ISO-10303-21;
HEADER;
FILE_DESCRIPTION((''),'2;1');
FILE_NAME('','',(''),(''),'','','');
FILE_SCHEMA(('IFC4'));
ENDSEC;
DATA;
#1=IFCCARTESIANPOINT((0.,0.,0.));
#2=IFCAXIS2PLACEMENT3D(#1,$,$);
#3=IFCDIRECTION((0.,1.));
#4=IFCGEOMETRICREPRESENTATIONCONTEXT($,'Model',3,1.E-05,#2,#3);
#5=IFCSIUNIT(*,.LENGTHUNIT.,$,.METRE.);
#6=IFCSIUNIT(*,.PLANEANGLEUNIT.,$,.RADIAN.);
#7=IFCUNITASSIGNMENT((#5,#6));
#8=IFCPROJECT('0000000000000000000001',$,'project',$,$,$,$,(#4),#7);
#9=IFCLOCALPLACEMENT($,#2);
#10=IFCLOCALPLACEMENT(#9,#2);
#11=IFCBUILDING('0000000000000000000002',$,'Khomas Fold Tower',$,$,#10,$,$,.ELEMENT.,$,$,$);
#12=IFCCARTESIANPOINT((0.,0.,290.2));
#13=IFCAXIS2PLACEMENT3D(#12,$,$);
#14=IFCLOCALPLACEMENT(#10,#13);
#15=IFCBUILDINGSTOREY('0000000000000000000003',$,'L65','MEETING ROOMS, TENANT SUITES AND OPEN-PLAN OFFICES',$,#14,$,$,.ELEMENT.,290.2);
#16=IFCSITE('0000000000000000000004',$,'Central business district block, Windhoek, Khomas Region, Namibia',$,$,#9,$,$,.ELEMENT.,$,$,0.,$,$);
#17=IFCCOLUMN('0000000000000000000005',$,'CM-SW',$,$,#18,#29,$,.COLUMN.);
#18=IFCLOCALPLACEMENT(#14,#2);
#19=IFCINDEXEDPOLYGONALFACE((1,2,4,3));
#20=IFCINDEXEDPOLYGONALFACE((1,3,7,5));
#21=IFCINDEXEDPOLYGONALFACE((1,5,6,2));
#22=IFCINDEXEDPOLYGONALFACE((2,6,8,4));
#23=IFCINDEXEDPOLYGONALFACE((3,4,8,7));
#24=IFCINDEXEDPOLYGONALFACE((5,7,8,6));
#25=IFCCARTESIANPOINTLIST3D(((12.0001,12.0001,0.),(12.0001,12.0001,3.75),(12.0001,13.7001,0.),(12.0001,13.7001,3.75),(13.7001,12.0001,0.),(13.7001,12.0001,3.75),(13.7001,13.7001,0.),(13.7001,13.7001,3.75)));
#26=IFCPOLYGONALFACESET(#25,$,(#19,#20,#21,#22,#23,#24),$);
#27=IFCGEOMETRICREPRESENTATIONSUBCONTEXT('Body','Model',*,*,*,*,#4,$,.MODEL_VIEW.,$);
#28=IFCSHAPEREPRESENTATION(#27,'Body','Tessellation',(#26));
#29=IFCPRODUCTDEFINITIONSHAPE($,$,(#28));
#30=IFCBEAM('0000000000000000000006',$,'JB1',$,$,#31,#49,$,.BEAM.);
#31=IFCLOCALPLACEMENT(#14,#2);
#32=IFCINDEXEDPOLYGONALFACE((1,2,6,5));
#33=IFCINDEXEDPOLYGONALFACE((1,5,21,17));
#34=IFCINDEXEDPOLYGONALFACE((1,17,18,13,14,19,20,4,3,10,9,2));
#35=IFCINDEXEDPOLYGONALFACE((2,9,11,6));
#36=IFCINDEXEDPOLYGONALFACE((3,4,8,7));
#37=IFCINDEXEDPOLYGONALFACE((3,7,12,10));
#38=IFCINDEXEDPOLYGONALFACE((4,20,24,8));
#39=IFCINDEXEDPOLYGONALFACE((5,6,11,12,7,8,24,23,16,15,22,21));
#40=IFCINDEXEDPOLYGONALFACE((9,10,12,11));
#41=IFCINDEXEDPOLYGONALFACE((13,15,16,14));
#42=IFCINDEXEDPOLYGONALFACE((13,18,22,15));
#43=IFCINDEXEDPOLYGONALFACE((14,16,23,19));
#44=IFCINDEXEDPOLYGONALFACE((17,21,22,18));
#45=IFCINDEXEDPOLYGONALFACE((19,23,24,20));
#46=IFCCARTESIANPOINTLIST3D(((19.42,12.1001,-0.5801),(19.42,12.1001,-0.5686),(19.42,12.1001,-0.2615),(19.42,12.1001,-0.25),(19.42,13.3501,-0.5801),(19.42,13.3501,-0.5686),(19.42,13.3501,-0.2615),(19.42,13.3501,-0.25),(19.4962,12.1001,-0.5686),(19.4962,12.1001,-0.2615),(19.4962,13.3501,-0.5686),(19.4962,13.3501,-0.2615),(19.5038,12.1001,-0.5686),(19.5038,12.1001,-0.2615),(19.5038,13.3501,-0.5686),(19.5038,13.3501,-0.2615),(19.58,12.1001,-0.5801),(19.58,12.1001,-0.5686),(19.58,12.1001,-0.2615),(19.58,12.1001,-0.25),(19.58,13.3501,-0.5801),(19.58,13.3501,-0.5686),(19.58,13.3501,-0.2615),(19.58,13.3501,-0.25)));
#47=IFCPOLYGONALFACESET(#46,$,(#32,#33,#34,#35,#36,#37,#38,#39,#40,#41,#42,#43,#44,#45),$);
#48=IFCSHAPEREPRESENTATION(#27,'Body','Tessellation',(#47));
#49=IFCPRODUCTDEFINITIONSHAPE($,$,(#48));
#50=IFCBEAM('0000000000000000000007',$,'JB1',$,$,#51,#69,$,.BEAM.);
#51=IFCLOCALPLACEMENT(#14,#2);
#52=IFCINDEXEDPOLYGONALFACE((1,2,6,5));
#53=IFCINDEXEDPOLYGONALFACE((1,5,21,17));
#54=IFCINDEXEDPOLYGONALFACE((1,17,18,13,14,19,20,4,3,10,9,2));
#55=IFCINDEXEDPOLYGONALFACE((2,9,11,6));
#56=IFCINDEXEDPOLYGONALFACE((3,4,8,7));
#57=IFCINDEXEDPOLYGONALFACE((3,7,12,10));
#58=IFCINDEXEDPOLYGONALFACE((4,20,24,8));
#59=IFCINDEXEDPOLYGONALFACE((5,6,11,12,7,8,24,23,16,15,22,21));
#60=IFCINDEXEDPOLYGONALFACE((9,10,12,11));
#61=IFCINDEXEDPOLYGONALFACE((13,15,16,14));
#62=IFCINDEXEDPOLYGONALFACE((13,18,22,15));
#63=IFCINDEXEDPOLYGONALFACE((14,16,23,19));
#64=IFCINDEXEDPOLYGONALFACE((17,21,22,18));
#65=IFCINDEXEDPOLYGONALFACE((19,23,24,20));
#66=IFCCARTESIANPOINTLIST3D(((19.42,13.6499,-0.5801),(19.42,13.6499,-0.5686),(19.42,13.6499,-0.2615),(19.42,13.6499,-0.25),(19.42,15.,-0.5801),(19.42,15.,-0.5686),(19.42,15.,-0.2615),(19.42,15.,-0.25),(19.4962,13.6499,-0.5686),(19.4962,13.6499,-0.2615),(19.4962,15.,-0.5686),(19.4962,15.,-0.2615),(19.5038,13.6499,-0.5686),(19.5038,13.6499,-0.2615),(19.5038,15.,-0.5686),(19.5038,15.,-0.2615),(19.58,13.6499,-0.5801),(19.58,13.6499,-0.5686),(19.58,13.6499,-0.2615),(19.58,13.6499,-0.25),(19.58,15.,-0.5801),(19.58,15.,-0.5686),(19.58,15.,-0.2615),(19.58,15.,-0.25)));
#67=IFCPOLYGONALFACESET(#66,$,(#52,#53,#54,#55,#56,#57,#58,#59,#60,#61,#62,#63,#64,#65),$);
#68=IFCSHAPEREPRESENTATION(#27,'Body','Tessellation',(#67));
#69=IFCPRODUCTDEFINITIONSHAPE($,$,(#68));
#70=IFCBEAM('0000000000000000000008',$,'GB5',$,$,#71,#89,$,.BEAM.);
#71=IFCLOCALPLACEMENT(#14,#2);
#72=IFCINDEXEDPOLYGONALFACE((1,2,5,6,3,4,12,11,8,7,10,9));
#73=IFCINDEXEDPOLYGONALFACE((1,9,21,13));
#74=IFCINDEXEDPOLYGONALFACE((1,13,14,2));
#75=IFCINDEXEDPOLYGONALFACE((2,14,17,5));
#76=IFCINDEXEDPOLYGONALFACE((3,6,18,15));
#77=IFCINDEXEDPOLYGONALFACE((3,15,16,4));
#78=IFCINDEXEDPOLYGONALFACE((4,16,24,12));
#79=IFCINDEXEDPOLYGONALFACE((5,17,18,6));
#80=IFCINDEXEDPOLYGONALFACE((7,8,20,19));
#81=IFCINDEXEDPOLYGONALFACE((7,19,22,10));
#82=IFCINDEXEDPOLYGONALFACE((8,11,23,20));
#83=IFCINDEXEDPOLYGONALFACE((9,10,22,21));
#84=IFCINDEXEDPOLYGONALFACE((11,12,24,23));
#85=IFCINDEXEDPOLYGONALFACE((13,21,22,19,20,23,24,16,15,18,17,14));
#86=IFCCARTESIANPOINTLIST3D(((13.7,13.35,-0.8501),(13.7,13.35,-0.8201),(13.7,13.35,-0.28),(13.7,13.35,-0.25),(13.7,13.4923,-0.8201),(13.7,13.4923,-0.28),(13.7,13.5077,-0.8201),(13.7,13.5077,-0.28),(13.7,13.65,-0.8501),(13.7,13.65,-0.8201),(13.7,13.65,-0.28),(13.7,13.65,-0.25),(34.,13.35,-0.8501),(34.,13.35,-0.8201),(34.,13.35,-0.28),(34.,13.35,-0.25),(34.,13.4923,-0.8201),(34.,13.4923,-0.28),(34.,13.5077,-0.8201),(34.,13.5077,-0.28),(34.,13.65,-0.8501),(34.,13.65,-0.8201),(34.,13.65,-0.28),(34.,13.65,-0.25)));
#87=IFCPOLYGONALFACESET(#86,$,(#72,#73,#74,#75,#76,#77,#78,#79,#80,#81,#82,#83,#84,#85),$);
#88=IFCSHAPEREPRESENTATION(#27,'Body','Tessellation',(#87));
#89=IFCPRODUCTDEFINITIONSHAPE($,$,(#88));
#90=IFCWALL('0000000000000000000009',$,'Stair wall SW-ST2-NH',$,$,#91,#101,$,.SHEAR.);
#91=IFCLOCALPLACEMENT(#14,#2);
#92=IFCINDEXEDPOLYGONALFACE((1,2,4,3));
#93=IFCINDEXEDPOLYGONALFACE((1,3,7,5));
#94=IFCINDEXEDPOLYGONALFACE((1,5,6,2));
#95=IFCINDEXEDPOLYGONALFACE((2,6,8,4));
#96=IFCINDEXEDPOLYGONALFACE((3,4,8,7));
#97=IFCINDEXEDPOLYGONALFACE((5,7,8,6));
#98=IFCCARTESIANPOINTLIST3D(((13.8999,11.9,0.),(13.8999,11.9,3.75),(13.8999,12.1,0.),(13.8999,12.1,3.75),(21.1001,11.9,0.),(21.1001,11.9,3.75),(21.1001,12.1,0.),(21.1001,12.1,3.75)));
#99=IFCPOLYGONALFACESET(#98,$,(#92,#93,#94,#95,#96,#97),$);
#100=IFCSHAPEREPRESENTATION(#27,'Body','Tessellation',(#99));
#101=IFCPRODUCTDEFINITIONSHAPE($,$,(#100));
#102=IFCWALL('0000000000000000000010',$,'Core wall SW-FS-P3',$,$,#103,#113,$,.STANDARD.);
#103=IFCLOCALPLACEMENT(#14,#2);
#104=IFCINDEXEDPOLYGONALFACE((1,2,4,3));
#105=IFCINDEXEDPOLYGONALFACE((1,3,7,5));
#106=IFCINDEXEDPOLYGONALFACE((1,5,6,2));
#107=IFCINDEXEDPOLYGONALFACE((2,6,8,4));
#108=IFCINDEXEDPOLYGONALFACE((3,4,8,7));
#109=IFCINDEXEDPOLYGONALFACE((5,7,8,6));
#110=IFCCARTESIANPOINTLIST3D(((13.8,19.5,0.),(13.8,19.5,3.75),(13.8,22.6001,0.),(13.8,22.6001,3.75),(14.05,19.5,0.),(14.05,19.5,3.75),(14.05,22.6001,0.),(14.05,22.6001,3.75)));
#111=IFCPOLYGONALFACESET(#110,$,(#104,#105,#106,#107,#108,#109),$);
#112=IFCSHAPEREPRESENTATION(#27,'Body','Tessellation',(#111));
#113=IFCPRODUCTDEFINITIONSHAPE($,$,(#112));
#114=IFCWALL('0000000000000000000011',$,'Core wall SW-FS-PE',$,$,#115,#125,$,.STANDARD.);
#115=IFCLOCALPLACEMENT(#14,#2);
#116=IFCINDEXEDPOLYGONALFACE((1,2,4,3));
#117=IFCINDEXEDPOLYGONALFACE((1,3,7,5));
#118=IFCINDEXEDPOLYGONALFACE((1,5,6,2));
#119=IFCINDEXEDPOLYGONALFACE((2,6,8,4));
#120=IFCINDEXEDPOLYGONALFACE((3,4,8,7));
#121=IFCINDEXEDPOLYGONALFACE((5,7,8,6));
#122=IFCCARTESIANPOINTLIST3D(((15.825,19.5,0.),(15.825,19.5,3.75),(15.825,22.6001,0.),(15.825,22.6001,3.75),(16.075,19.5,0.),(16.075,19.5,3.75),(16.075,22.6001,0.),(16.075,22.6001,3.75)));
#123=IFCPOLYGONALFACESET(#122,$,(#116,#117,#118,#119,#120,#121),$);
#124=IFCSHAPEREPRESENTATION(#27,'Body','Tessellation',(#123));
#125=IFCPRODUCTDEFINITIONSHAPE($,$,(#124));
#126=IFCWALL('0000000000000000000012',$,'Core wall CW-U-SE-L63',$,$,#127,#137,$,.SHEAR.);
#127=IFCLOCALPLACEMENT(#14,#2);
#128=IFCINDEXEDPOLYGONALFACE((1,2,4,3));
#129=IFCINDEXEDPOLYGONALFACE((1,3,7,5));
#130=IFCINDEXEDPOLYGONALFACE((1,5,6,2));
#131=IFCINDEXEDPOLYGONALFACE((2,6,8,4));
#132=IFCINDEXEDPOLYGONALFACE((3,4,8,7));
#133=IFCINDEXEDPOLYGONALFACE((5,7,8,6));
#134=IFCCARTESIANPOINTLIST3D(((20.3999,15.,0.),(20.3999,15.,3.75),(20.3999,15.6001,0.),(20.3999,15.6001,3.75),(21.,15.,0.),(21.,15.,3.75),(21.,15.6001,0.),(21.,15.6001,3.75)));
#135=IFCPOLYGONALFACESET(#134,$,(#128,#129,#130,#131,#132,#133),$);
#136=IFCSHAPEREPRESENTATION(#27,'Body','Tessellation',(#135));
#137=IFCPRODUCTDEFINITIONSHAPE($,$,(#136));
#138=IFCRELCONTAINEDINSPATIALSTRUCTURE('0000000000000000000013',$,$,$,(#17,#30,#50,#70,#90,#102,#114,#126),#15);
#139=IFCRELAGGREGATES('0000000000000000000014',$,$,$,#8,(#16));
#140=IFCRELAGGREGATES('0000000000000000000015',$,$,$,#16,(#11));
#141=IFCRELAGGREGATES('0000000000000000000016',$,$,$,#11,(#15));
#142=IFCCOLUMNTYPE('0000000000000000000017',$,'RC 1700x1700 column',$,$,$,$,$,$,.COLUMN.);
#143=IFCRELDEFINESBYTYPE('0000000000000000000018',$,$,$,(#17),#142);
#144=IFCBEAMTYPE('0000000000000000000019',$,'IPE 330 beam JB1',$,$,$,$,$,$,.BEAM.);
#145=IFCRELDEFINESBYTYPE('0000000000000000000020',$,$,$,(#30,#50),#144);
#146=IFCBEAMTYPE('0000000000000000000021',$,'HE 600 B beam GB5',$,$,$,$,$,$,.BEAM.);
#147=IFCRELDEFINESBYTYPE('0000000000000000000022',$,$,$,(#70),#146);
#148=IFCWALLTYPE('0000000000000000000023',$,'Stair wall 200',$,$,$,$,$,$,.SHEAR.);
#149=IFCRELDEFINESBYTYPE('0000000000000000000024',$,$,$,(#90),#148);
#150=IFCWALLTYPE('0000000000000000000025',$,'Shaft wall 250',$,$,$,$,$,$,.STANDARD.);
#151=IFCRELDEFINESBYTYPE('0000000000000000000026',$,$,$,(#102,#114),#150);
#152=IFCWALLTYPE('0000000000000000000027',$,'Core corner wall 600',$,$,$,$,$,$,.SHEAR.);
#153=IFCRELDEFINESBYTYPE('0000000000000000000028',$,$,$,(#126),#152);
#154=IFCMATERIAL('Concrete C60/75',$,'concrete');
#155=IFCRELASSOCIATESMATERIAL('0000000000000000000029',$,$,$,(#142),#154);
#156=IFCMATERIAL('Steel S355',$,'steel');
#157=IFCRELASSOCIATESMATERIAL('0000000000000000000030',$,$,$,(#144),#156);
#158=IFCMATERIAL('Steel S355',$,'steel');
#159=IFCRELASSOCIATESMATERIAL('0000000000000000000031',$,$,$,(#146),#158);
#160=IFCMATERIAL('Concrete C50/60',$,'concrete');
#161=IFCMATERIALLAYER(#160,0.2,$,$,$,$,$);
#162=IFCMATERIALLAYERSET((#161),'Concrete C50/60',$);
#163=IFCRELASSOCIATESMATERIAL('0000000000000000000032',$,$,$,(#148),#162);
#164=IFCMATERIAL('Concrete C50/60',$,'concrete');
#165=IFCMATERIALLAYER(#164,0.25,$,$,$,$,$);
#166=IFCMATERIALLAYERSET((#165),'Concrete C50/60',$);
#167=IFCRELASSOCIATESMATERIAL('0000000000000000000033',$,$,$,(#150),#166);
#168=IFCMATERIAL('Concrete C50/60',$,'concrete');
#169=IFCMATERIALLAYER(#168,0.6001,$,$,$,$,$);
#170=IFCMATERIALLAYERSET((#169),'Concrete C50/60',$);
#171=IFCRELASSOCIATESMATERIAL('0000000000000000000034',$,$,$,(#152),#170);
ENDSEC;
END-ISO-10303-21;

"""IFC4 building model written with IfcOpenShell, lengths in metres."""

from ifc_helpers import new_model, si_unit, direction, frame, frame_2d, origin, origin_2d, place, context, subcontext, project, spatial, rectangle, i_section, extrude, source, transform, mapped, material, layer, layer_set, material_profile, profile_set, type_object, element, save


model = new_model("IFC4")

# Units and contexts
model_context = context("Model", 3, precision=1e-05, world=origin(), true_north=direction((0.0, 1.0)))
body_context = subcontext(model_context, "Body", "Model", "MODEL_VIEW")
ifc_project = project(units=[si_unit("LENGTHUNIT", "METRE"), si_unit("PLANEANGLEUNIT", "RADIAN")], contexts=[model_context])

# Site, building, storey
site_placement = place(None, origin())
site = spatial("IfcSite", under=ifc_project, at=site_placement, Name="Central business district block, Windhoek, Khomas Region, Namibia", CompositionType="ELEMENT", RefElevation=0.0)
building_placement = place(site_placement, origin())
building = spatial("IfcBuilding", under=site, at=building_placement, Name="Khomas Fold Tower", CompositionType="ELEMENT")
storey_placement = place(building_placement, frame((0.0, 0.0, 290.2)))
storey = spatial("IfcBuildingStorey", under=building, at=storey_placement, Name="L65", Description="MEETING ROOMS, TENANT SUITES AND OPEN-PLAN OFFICES", CompositionType="ELEMENT", Elevation=290.2)

# Column
ifc_material_1 = material(Name="Concrete C60/75", Category="concrete")
ifc_material_profile_1 = material_profile(ifc_material_1, rectangle(XDim=1.7, YDim=1.7, at=origin_2d()), Name="RC 1700x1700")
ifc_profile_set_1 = profile_set([ifc_material_profile_1], Name="Concrete C60/75")
column_type = type_object("IfcColumnType", Name="RC 1700x1700 column", PredefinedType="COLUMN", material=ifc_profile_set_1)
shared_shape_1 = source(origin(), body_context, "Body", "SweptSolid", [
    extrude(rectangle(XDim=1.7, YDim=1.7, at=origin_2d()), origin(), (0.0, 0.0, 1.0), 3.75),
])
column_placement = place(storey_placement, frame((12.8501, 12.8501, 0.0), z_axis=(0.0, 0.0, 1.0), x_axis=(1.0, 0.0, 0.0)))
element("IfcColumn", 1, at=column_placement, inside=storey, type_object=column_type, Name="CM-SW", PredefinedType="COLUMN", context=body_context, shape_type="MappedRepresentation", body=[
    mapped(shared_shape_1, transform((0.0, 0.0, 0.0))),
])

# Beams
ifc_material_2 = material(Name="Steel S355", Category="steel")
ifc_material_profile_2 = material_profile(ifc_material_2, i_section(OverallWidth=0.1599, OverallDepth=0.3301, WebThickness=0.0076, FlangeThickness=0.0115, at=origin_2d()), Name="IPE 330")
ifc_profile_set_2 = profile_set([ifc_material_profile_2], Name="Steel S355")
beam_type_1 = type_object("IfcBeamType", Name="IPE 330 beam JB1", PredefinedType="BEAM", material=ifc_profile_set_2)
shared_shape_2 = source(origin(), body_context, "Body", "SweptSolid", [
    extrude(i_section(OverallWidth=0.1599, OverallDepth=0.3301, WebThickness=0.0076, FlangeThickness=0.0115, at=origin_2d()), origin(), (0.0, 0.0, 1.0), 1.25),
])
beam_1_placement = place(storey_placement, frame((19.5, 12.1001, -0.415), z_axis=(0.0, 1.0, 0.0), x_axis=(-1.0, 0.0, 0.0)))
element("IfcBeam", 2, at=beam_1_placement, inside=storey, type_object=beam_type_1, Name="JB1", PredefinedType="BEAM", context=body_context, shape_type="MappedRepresentation", body=[
    mapped(shared_shape_2, transform((0.0, 0.0, 0.0))),
])
shared_shape_3 = source(origin(), body_context, "Body", "SweptSolid", [
    extrude(i_section(OverallWidth=0.1599, OverallDepth=0.3301, WebThickness=0.0076, FlangeThickness=0.0115, at=origin_2d()), origin(), (0.0, 0.0, 1.0), 1.3501),
])
beam_2_placement = place(storey_placement, frame((19.5, 13.6499, -0.415), z_axis=(0.0, 1.0, 0.0), x_axis=(-1.0, 0.0, 0.0)))
element("IfcBeam", 3, at=beam_2_placement, inside=storey, type_object=beam_type_1, Name="JB1", PredefinedType="BEAM", context=body_context, shape_type="MappedRepresentation", body=[
    mapped(shared_shape_3, transform((0.0, 0.0, 0.0))),
])
ifc_material_3 = material(Name="Steel S355", Category="steel")
ifc_material_profile_3 = material_profile(ifc_material_3, i_section(OverallWidth=0.3, OverallDepth=0.6001, WebThickness=0.0154, FlangeThickness=0.03, at=origin_2d()), Name="HE 600 B")
ifc_profile_set_3 = profile_set([ifc_material_profile_3], Name="Steel S355")
beam_type_2 = type_object("IfcBeamType", Name="HE 600 B beam GB5", PredefinedType="BEAM", material=ifc_profile_set_3)
shared_shape_4 = source(origin(), body_context, "Body", "SweptSolid", [
    extrude(i_section(OverallWidth=0.3, OverallDepth=0.6001, WebThickness=0.0154, FlangeThickness=0.03, at=origin_2d()), origin(), (0.0, 0.0, 1.0), 20.3),
])
beam_3_placement = place(storey_placement, frame((13.7, 13.5, -0.55), z_axis=(1.0, 0.0, 0.0), x_axis=(0.0, 1.0, 0.0)))
element("IfcBeam", 4, at=beam_3_placement, inside=storey, type_object=beam_type_2, Name="GB5", PredefinedType="BEAM", context=body_context, shape_type="MappedRepresentation", body=[
    mapped(shared_shape_4, transform((0.0, 0.0, 0.0))),
])

# Walls
ifc_material_4 = material(Name="Concrete C50/60", Category="concrete")
ifc_layer_1 = layer(ifc_material_4, 0.2)
ifc_layer_set_1 = layer_set([ifc_layer_1], Name="Concrete C50/60")
wall_type_1 = type_object("IfcWallType", Name="Stair wall 200", PredefinedType="SHEAR", material=ifc_layer_set_1)
shared_shape_5 = source(origin(), body_context, "Body", "SweptSolid", [
    extrude(rectangle(XDim=7.2002, YDim=0.2, at=frame_2d((3.6001, 0.0))), origin(), (0.0, 0.0, 1.0), 3.75),
])
wall_1_placement = place(storey_placement, frame((13.8999, 12.0, 0.0), z_axis=(0.0, 0.0, 1.0), x_axis=(1.0, 0.0, 0.0)))
element("IfcWall", 5, at=wall_1_placement, inside=storey, type_object=wall_type_1, Name="Stair wall SW-ST2-NH", PredefinedType="SHEAR", context=body_context, shape_type="MappedRepresentation", body=[
    mapped(shared_shape_5, transform((0.0, 0.0, 0.0))),
])
ifc_material_5 = material(Name="Concrete C50/60", Category="concrete")
ifc_layer_2 = layer(ifc_material_5, 0.25)
ifc_layer_set_2 = layer_set([ifc_layer_2], Name="Concrete C50/60")
wall_type_2 = type_object("IfcWallType", Name="Shaft wall 250", PredefinedType="STANDARD", material=ifc_layer_set_2)
shared_shape_6 = source(origin(), body_context, "Body", "SweptSolid", [
    extrude(rectangle(XDim=3.1001, YDim=0.25, at=frame_2d((1.55, 0.0))), origin(), (0.0, 0.0, 1.0), 3.75),
])
for number, where, z_axis, x_axis, name in (
    (6, (13.925, 19.5, 0.0), (0.0, 0.0, 1.0), (0.0, 1.0, 0.0), "Core wall SW-FS-P3"),
    (7, (15.95, 19.5, 0.0), (0.0, 0.0, 1.0), (0.0, 1.0, 0.0), "Core wall SW-FS-PE"),
):
    element("IfcWall", number, at=place(storey_placement, frame(where, z_axis=z_axis, x_axis=x_axis)), inside=storey, type_object=wall_type_2, Name=name, PredefinedType="STANDARD", context=body_context, shape_type="MappedRepresentation", body=[
        mapped(shared_shape_6, transform((0.0, 0.0, 0.0))),
    ])
ifc_material_6 = material(Name="Concrete C50/60", Category="concrete")
ifc_layer_3 = layer(ifc_material_6, 0.6001)
ifc_layer_set_3 = layer_set([ifc_layer_3], Name="Concrete C50/60")
wall_type_3 = type_object("IfcWallType", Name="Core corner wall 600", PredefinedType="SHEAR", material=ifc_layer_set_3)
shared_shape_7 = source(origin(), body_context, "Body", "SweptSolid", [
    extrude(rectangle(XDim=0.6001, YDim=0.6001, at=frame_2d((0.3, 0.0))), origin(), (0.0, 0.0, 1.0), 3.75),
])
wall_2_placement = place(storey_placement, frame((20.3999, 15.3, 0.0), z_axis=(0.0, 0.0, 1.0), x_axis=(1.0, 0.0, 0.0)))
element("IfcWall", 8, at=wall_2_placement, inside=storey, type_object=wall_type_3, Name="Core wall CW-U-SE-L63", PredefinedType="SHEAR", context=body_context, shape_type="MappedRepresentation", body=[
    mapped(shared_shape_7, transform((0.0, 0.0, 0.0))),
])

save(model, "model.ifc")
